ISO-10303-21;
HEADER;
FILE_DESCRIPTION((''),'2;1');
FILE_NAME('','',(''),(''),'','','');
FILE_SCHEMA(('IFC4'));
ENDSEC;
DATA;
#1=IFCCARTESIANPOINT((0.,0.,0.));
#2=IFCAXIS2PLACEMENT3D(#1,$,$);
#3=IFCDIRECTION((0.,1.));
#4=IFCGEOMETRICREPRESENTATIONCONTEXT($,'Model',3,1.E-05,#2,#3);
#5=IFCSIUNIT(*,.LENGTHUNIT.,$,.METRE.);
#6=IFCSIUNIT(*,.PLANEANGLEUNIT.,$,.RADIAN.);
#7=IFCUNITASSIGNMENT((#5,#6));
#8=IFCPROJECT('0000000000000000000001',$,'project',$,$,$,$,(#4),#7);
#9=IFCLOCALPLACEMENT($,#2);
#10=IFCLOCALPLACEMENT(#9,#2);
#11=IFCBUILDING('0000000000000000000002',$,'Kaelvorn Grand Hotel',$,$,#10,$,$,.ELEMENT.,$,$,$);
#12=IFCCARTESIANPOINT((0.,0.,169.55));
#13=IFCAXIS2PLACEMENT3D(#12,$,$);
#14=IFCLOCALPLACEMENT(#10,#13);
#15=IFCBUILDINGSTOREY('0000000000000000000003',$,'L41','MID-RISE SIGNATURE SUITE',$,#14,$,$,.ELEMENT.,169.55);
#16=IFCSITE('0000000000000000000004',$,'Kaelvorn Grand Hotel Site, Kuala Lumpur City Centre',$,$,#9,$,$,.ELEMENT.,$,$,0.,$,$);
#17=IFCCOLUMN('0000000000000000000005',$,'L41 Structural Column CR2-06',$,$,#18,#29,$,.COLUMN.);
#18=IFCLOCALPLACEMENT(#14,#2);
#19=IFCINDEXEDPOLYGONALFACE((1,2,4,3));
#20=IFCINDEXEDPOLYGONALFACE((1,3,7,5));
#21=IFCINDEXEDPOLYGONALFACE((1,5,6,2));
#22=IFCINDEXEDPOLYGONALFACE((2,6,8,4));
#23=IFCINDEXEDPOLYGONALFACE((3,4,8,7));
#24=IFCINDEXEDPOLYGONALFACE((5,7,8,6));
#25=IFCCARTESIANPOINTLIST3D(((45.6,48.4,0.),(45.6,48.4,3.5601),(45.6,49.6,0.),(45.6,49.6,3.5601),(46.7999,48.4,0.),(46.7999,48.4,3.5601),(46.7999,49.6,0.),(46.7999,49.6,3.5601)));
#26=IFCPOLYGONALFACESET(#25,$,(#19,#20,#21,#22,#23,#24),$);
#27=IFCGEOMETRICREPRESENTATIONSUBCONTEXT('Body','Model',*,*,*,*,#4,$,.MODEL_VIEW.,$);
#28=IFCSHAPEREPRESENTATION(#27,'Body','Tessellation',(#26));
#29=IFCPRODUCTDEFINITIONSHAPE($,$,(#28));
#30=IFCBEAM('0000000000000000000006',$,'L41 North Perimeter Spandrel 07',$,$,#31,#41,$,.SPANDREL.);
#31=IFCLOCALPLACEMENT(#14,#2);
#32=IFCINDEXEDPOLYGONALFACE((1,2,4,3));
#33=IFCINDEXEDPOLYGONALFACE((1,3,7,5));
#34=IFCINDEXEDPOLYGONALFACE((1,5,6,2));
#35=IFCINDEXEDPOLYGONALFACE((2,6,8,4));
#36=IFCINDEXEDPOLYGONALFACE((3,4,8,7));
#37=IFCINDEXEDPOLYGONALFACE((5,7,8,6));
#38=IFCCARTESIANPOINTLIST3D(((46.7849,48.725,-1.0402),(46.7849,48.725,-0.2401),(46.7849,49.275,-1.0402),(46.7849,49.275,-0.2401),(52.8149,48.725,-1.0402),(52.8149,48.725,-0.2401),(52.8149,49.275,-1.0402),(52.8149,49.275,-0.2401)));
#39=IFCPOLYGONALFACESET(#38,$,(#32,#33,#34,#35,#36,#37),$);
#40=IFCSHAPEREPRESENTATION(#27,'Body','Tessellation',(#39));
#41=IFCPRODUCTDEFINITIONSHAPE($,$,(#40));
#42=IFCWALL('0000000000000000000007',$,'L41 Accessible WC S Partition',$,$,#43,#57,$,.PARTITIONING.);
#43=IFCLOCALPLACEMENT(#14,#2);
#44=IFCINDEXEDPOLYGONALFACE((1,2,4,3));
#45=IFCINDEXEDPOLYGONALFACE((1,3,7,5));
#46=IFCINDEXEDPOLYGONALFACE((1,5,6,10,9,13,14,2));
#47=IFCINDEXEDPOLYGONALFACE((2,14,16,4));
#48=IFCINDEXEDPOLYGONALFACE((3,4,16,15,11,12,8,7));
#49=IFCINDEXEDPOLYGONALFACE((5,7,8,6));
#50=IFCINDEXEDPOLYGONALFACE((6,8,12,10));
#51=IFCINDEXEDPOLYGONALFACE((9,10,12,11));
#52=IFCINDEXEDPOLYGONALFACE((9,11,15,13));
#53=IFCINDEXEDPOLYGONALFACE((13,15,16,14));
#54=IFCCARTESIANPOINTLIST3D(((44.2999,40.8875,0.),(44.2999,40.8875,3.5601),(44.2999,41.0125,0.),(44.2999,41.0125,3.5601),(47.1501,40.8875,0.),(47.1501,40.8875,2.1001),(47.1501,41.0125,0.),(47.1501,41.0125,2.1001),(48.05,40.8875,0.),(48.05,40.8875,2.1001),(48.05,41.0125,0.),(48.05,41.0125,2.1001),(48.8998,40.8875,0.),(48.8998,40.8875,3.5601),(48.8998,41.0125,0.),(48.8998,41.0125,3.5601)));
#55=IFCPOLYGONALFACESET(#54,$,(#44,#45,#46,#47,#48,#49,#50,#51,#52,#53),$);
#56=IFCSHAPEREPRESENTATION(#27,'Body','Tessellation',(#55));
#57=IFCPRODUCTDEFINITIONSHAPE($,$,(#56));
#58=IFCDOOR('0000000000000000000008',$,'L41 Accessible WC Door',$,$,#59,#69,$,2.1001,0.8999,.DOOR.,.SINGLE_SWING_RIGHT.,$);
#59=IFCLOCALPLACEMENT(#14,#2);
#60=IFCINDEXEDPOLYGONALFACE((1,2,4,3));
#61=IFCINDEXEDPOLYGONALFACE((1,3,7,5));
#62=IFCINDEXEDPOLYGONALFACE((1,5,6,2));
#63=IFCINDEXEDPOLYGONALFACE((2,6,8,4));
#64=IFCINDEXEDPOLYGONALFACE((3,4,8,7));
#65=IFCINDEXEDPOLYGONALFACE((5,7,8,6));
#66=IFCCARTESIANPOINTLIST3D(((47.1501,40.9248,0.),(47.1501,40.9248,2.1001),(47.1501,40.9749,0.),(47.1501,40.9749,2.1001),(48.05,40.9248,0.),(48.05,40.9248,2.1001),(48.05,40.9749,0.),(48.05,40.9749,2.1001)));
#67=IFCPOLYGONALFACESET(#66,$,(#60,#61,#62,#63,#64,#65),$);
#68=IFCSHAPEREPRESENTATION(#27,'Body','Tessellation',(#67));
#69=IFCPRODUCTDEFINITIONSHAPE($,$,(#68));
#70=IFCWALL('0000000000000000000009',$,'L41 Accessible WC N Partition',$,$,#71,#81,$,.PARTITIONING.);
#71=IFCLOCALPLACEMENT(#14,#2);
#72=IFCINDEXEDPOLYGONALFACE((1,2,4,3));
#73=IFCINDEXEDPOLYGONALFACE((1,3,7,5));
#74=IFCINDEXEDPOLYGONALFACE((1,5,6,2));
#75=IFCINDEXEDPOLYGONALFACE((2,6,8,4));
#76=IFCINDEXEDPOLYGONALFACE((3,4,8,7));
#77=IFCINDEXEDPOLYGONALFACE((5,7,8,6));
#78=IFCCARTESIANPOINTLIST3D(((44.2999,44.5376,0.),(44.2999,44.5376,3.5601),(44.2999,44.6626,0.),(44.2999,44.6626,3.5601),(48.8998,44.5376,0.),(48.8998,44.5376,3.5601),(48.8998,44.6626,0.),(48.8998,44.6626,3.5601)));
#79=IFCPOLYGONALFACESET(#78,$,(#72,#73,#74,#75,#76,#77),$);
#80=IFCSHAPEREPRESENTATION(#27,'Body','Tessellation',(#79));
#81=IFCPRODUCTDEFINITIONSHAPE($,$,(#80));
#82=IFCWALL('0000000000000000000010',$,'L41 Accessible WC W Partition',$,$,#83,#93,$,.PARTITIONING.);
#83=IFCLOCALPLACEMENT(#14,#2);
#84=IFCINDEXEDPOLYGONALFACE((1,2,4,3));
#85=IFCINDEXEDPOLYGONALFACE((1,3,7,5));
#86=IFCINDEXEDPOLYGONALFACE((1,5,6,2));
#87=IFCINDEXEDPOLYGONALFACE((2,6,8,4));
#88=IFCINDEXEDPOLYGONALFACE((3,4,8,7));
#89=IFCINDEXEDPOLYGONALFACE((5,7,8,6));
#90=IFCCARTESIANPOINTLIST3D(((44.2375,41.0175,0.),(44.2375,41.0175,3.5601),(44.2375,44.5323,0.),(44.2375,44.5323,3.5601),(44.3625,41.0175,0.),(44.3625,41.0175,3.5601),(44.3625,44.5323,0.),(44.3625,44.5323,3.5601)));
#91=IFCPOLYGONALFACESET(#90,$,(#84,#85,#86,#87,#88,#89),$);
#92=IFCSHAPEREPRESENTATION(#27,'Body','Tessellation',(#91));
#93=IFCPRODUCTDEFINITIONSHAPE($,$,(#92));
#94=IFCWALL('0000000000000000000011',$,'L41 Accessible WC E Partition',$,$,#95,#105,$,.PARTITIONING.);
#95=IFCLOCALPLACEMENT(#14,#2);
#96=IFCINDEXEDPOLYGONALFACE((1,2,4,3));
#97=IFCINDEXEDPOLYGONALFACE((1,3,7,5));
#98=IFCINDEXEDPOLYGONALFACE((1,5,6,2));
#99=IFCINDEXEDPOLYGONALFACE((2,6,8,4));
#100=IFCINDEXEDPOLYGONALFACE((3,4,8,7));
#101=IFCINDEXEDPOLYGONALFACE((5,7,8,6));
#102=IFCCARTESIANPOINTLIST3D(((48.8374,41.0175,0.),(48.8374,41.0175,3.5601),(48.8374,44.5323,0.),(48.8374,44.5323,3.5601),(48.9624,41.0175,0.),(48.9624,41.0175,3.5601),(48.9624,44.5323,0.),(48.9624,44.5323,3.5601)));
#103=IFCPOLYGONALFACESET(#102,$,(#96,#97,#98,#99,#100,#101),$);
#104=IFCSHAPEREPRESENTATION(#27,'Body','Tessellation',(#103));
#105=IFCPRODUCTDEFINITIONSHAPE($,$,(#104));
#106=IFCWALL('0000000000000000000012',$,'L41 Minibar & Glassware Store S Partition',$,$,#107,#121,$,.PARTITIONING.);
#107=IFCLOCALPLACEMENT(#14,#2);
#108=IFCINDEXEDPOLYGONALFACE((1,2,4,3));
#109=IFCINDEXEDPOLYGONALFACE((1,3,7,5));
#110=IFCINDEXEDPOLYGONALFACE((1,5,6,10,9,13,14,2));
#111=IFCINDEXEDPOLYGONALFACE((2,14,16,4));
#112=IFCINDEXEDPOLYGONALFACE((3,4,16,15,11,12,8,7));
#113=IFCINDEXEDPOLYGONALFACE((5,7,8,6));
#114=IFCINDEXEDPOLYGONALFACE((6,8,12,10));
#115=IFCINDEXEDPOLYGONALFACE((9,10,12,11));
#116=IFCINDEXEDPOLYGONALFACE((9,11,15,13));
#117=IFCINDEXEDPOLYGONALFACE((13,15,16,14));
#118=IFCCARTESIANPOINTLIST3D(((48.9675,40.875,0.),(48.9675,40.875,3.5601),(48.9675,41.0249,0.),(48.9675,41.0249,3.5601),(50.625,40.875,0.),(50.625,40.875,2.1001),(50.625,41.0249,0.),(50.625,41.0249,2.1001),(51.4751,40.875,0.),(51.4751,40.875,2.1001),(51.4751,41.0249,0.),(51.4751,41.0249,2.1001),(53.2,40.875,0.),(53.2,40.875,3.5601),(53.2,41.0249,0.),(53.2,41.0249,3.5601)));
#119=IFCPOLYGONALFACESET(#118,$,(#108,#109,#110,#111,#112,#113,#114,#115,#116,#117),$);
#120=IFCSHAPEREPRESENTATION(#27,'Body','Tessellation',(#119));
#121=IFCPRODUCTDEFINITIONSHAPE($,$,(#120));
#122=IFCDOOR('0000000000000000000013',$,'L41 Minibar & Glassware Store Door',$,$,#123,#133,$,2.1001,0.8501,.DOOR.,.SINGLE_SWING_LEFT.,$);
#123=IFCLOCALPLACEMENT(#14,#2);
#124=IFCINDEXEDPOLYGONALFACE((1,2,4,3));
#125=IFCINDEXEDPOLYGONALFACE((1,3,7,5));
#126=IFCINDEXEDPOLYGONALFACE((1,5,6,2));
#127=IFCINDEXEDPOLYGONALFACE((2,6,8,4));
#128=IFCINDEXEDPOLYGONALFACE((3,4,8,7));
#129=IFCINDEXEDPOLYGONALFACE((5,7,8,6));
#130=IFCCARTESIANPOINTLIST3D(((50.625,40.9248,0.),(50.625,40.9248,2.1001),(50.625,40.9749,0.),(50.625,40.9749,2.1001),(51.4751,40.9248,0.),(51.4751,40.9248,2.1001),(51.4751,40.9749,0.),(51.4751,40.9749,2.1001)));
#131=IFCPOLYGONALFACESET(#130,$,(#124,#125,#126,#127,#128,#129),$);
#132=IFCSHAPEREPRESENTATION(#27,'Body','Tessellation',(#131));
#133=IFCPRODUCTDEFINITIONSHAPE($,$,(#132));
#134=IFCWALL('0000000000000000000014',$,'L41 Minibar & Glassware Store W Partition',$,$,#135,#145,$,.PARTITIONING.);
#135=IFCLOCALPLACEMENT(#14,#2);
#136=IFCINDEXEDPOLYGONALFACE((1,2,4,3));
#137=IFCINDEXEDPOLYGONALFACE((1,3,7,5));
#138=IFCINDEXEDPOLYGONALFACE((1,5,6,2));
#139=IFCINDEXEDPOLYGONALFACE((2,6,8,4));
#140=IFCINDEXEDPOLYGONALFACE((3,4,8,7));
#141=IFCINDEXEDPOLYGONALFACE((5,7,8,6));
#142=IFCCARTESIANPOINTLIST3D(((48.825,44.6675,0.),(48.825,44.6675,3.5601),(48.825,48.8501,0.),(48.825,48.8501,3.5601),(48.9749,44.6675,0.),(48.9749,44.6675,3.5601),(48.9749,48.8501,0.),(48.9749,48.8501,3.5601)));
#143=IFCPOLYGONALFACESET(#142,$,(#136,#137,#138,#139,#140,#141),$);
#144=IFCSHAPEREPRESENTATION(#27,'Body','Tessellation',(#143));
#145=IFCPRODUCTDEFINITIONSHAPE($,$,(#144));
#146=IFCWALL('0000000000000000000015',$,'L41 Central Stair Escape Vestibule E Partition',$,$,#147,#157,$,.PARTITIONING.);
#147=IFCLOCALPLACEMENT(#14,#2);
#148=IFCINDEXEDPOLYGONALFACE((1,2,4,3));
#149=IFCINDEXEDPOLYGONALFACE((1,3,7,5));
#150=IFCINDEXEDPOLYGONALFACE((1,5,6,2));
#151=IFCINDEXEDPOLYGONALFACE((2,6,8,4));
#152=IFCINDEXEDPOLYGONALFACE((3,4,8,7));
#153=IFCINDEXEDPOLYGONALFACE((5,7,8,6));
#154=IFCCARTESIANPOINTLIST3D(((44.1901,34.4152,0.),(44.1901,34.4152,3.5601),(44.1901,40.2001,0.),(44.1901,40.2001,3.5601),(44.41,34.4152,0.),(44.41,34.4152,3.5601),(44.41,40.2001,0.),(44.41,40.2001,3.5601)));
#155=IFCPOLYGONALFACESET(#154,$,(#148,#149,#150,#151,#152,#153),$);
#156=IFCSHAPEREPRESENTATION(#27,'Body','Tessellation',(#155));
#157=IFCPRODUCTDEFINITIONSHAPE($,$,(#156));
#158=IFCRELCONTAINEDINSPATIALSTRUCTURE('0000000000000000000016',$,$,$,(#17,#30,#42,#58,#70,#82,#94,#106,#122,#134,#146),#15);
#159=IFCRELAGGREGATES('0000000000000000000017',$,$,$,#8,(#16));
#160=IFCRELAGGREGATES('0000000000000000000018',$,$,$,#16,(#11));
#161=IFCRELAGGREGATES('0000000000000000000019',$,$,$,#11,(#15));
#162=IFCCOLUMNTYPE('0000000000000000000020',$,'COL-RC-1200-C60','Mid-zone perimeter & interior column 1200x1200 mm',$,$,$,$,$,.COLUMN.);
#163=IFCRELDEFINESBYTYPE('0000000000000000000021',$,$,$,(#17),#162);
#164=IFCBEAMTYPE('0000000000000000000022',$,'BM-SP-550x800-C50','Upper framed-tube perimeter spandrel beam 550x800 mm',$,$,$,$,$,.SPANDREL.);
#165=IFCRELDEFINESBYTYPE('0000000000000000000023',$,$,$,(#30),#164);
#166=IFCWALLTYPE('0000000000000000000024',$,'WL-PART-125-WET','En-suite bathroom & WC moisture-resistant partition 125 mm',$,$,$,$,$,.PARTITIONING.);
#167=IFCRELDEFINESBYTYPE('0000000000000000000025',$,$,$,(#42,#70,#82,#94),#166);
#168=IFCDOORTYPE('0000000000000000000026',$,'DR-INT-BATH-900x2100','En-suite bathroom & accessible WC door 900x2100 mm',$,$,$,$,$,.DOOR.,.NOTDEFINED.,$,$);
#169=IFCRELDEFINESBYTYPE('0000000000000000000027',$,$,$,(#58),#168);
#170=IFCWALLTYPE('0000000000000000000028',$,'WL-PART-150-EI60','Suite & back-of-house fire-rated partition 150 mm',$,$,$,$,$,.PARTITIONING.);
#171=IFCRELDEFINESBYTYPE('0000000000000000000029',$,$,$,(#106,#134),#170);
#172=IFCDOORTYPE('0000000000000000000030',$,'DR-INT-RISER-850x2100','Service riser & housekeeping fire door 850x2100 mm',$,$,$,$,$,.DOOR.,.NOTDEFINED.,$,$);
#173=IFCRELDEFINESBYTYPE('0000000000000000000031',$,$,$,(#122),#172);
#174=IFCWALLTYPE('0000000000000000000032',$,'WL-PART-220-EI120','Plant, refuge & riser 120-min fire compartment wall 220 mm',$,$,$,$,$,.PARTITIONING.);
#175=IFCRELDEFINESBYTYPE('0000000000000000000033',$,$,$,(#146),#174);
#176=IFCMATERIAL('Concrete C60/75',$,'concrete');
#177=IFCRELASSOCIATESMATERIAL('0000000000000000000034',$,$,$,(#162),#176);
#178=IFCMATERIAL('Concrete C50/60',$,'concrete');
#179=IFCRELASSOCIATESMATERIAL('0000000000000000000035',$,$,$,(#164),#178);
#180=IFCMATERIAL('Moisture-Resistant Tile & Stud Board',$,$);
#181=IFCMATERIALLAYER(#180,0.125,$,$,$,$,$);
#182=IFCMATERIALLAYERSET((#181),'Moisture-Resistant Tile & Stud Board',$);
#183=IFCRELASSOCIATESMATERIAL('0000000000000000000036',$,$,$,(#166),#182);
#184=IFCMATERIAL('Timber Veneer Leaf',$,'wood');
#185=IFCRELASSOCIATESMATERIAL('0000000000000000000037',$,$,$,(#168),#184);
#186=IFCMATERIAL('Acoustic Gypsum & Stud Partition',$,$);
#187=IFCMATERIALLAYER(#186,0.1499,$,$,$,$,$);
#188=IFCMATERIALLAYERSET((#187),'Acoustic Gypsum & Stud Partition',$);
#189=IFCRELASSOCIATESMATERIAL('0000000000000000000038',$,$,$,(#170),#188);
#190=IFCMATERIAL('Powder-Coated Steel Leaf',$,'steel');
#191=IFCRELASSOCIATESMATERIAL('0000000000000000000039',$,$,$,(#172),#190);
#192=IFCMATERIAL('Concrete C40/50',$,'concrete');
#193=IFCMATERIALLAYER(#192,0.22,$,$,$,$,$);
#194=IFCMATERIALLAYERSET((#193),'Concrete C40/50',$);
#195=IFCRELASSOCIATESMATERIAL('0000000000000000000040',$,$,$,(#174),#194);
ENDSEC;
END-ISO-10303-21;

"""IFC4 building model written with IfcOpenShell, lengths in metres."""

from ifc_helpers import new_model, si_unit, direction, frame, frame_2d, origin, origin_2d, place, context, subcontext, project, spatial, rectangle, extrude, material, layer, layer_set, material_profile, profile_set, type_object, element, fill, save


model = new_model("IFC4")

# Units and contexts
model_context = context("Model", 3, precision=1e-05, world=origin(), true_north=direction((0.0, 1.0)))
body_context = subcontext(model_context, "Body", "Model", "MODEL_VIEW")
ifc_project = project(units=[si_unit("LENGTHUNIT", "METRE"), si_unit("PLANEANGLEUNIT", "RADIAN")], contexts=[model_context])

# Site, building, storey
site_placement = place(None, origin())
site = spatial("IfcSite", under=ifc_project, at=site_placement, Name="Kaelvorn Grand Hotel Site, Kuala Lumpur City Centre", CompositionType="ELEMENT", RefElevation=0.0)
building_placement = place(site_placement, origin())
building = spatial("IfcBuilding", under=site, at=building_placement, Name="Kaelvorn Grand Hotel", CompositionType="ELEMENT")
storey_placement = place(building_placement, frame((0.0, 0.0, 169.55)))
storey = spatial("IfcBuildingStorey", under=building, at=storey_placement, Name="L41", Description="MID-RISE SIGNATURE SUITE", CompositionType="ELEMENT", Elevation=169.55)

# Column
ifc_material_1 = material(Name="Concrete C60/75", Category="concrete")
ifc_material_profile_1 = material_profile(ifc_material_1, rectangle(XDim=1.2, YDim=1.2, at=origin_2d()), Name="RC COL 1200x1200")
ifc_profile_set_1 = profile_set([ifc_material_profile_1], Name="Concrete C60/75")
column_type = type_object("IfcColumnType", Name="COL-RC-1200-C60", Description="Mid-zone perimeter & interior column 1200x1200 mm", PredefinedType="COLUMN", material=ifc_profile_set_1)
column_placement = place(storey_placement, frame((46.2, 49.0, 0.0), z_axis=(0.0, 0.0, 1.0), x_axis=(1.0, 0.0, 0.0)))
element("IfcColumn", 1, at=column_placement, inside=storey, type_object=column_type, Name="L41 Structural Column CR2-06", PredefinedType="COLUMN", context=body_context, shape_type="SweptSolid", body=[
    extrude(rectangle(XDim=1.2, YDim=1.2, at=origin_2d()), origin(), (0.0, 0.0, 1.0), 3.5601),
])

# Beam
ifc_material_2 = material(Name="Concrete C50/60", Category="concrete")
ifc_material_profile_2 = material_profile(ifc_material_2, rectangle(XDim=0.55, YDim=0.8, at=origin_2d()), Name="RC SPANDREL 550x800")
ifc_profile_set_2 = profile_set([ifc_material_profile_2], Name="Concrete C50/60")
beam_type = type_object("IfcBeamType", Name="BM-SP-550x800-C50", Description="Upper framed-tube perimeter spandrel beam 550x800 mm", PredefinedType="SPANDREL", material=ifc_profile_set_2)
beam_placement = place(storey_placement, frame((46.7849, 49.0, -0.6401), z_axis=(1.0, 0.0, 0.0), x_axis=(0.0, 1.0, 0.0)))
element("IfcBeam", 2, at=beam_placement, inside=storey, type_object=beam_type, Name="L41 North Perimeter Spandrel 07", PredefinedType="SPANDREL", context=body_context, shape_type="SweptSolid", body=[
    extrude(rectangle(XDim=0.55, YDim=0.8, at=origin_2d()), origin(), (0.0, 0.0, 1.0), 6.03),
])

# Wall, opening, door
ifc_material_3 = material(Name="Moisture-Resistant Tile & Stud Board")
ifc_layer_1 = layer(ifc_material_3, 0.125)
ifc_layer_set_1 = layer_set([ifc_layer_1], Name="Moisture-Resistant Tile & Stud Board")
wall_type_1 = type_object("IfcWallType", Name="WL-PART-125-WET", Description="En-suite bathroom & WC moisture-resistant partition 125 mm", PredefinedType="PARTITIONING", material=ifc_layer_set_1)
wall_1_placement = place(storey_placement, frame((44.3, 40.95, 0.0), z_axis=(0.0, 0.0, 1.0), x_axis=(1.0, 0.0, 0.0)))
wall_1 = element("IfcWall", 3, at=wall_1_placement, inside=storey, type_object=wall_type_1, Name="L41 Accessible WC S Partition", PredefinedType="PARTITIONING", context=body_context, shape_type="SweptSolid", body=[
    extrude(rectangle(XDim=4.5999, YDim=0.125, at=frame_2d((2.2998, 0.0))), origin(), (0.0, 0.0, 1.0), 3.5601),
])
opening_1_placement = place(wall_1_placement, frame((2.8501, 0.0, 0.0)))
opening_1 = element("IfcOpeningElement", 4, at=opening_1_placement, cuts=wall_1, PredefinedType="OPENING", context=body_context, shape_type="SweptSolid", body=[
    extrude(rectangle(XDim=0.8999, YDim=2.1001, at=frame_2d((0.45, 1.05))), frame((0.0, 0.0725, 0.0), z_axis=(0.0, -1.0, 0.0), x_axis=(1.0, 0.0, 0.0)), (0.0, 0.0, 1.0), 0.145),
])
ifc_material_4 = material(Name="Timber Veneer Leaf", Category="wood")
door_type_1 = type_object("IfcDoorType", Name="DR-INT-BATH-900x2100", Description="En-suite bathroom & accessible WC door 900x2100 mm", OperationType="NOTDEFINED", PredefinedType="DOOR", material=ifc_material_4)
door_1_placement = place(opening_1_placement, origin())
door_1 = element("IfcDoor", 5, at=door_1_placement, inside=storey, type_object=door_type_1, Name="L41 Accessible WC Door", OperationType="SINGLE_SWING_RIGHT", OverallHeight=2.1001, OverallWidth=0.8999, PredefinedType="DOOR", context=body_context, shape_type="SweptSolid", body=[
    extrude(rectangle(XDim=0.8999, YDim=2.1001, at=frame_2d((0.45, 1.05))), frame((0.0, 0.0249, 0.0), z_axis=(0.0, -1.0, 0.0), x_axis=(1.0, 0.0, 0.0)), (0.0, 0.0, 1.0), 0.05),
])
fill(opening_1, door_1)

# Walls
wall_2_placement = place(storey_placement, frame((44.3, 44.6001, 0.0), z_axis=(0.0, 0.0, 1.0), x_axis=(1.0, 0.0, 0.0)))
element("IfcWall", 6, at=wall_2_placement, inside=storey, type_object=wall_type_1, Name="L41 Accessible WC N Partition", PredefinedType="PARTITIONING", context=body_context, shape_type="SweptSolid", body=[
    extrude(rectangle(XDim=4.5999, YDim=0.125, at=frame_2d((2.2998, 0.0))), origin(), (0.0, 0.0, 1.0), 3.5601),
])
for number, where, z_axis, x_axis, name in (
    (7, (44.3, 41.0176, 0.0), (0.0, 0.0, 1.0), (0.0, 1.0, 0.0), "L41 Accessible WC W Partition"),
    (8, (48.8999, 41.0176, 0.0), (0.0, 0.0, 1.0), (0.0, 1.0, 0.0), "L41 Accessible WC E Partition"),
):
    element("IfcWall", number, at=place(storey_placement, frame(where, z_axis=z_axis, x_axis=x_axis)), inside=storey, type_object=wall_type_1, Name=name, PredefinedType="PARTITIONING", context=body_context, shape_type="SweptSolid", body=[
        extrude(rectangle(XDim=3.5149, YDim=0.125, at=frame_2d((1.7573, 0.0))), origin(), (0.0, 0.0, 1.0), 3.5601),
    ])

# Wall, opening, door
ifc_material_5 = material(Name="Acoustic Gypsum & Stud Partition")
ifc_layer_2 = layer(ifc_material_5, 0.1499)
ifc_layer_set_2 = layer_set([ifc_layer_2], Name="Acoustic Gypsum & Stud Partition")
wall_type_2 = type_object("IfcWallType", Name="WL-PART-150-EI60", Description="Suite & back-of-house fire-rated partition 150 mm", PredefinedType="PARTITIONING", material=ifc_layer_set_2)
wall_3_placement = place(storey_placement, frame((48.9675, 40.95, 0.0), z_axis=(0.0, 0.0, 1.0), x_axis=(1.0, 0.0, 0.0)))
wall_3 = element("IfcWall", 9, at=wall_3_placement, inside=storey, type_object=wall_type_2, Name="L41 Minibar & Glassware Store S Partition", PredefinedType="PARTITIONING", context=body_context, shape_type="SweptSolid", body=[
    extrude(rectangle(XDim=4.2324, YDim=0.1499, at=frame_2d((2.1162, 0.0))), origin(), (0.0, 0.0, 1.0), 3.5601),
])
opening_2_placement = place(wall_3_placement, frame((1.6575, 0.0, 0.0)))
opening_2 = element("IfcOpeningElement", 10, at=opening_2_placement, cuts=wall_3, PredefinedType="OPENING", context=body_context, shape_type="SweptSolid", body=[
    extrude(rectangle(XDim=0.8501, YDim=2.1001, at=frame_2d((0.425, 1.05))), frame((0.0, 0.085, 0.0), z_axis=(0.0, -1.0, 0.0), x_axis=(1.0, 0.0, 0.0)), (0.0, 0.0, 1.0), 0.1699),
])
ifc_material_6 = material(Name="Powder-Coated Steel Leaf", Category="steel")
door_type_2 = type_object("IfcDoorType", Name="DR-INT-RISER-850x2100", Description="Service riser & housekeeping fire door 850x2100 mm", OperationType="NOTDEFINED", PredefinedType="DOOR", material=ifc_material_6)
door_2_placement = place(opening_2_placement, origin())
door_2 = element("IfcDoor", 11, at=door_2_placement, inside=storey, type_object=door_type_2, Name="L41 Minibar & Glassware Store Door", OperationType="SINGLE_SWING_LEFT", OverallHeight=2.1001, OverallWidth=0.8501, PredefinedType="DOOR", context=body_context, shape_type="SweptSolid", body=[
    extrude(rectangle(XDim=0.8501, YDim=2.1001, at=frame_2d((0.425, 1.05))), frame((0.0, 0.0249, 0.0), z_axis=(0.0, -1.0, 0.0), x_axis=(1.0, 0.0, 0.0)), (0.0, 0.0, 1.0), 0.05),
])
fill(opening_2, door_2)

# Walls
wall_4_placement = place(storey_placement, frame((48.8999, 44.6675, 0.0), z_axis=(0.0, 0.0, 1.0), x_axis=(0.0, 1.0, 0.0)))
element("IfcWall", 12, at=wall_4_placement, inside=storey, type_object=wall_type_2, Name="L41 Minibar & Glassware Store W Partition", PredefinedType="PARTITIONING", context=body_context, shape_type="SweptSolid", body=[
    extrude(rectangle(XDim=4.1826, YDim=0.1499, at=frame_2d((2.0913, 0.0))), origin(), (0.0, 0.0, 1.0), 3.5601),
])
ifc_material_7 = material(Name="Concrete C40/50", Category="concrete")
ifc_layer_3 = layer(ifc_material_7, 0.22)
ifc_layer_set_3 = layer_set([ifc_layer_3], Name="Concrete C40/50")
wall_type_3 = type_object("IfcWallType", Name="WL-PART-220-EI120", Description="Plant, refuge & riser 120-min fire compartment wall 220 mm", PredefinedType="PARTITIONING", material=ifc_layer_set_3)
wall_5_placement = place(storey_placement, frame((44.3, 34.415, 0.0), z_axis=(0.0, 0.0, 1.0), x_axis=(0.0, 1.0, 0.0)))
element("IfcWall", 13, at=wall_5_placement, inside=storey, type_object=wall_type_3, Name="L41 Central Stair Escape Vestibule E Partition", PredefinedType="PARTITIONING", context=body_context, shape_type="SweptSolid", body=[
    extrude(rectangle(XDim=5.7849, YDim=0.22, at=frame_2d((2.8926, 0.0))), origin(), (0.0, 0.0, 1.0), 3.5601),
])

save(model, "model.ifc")
